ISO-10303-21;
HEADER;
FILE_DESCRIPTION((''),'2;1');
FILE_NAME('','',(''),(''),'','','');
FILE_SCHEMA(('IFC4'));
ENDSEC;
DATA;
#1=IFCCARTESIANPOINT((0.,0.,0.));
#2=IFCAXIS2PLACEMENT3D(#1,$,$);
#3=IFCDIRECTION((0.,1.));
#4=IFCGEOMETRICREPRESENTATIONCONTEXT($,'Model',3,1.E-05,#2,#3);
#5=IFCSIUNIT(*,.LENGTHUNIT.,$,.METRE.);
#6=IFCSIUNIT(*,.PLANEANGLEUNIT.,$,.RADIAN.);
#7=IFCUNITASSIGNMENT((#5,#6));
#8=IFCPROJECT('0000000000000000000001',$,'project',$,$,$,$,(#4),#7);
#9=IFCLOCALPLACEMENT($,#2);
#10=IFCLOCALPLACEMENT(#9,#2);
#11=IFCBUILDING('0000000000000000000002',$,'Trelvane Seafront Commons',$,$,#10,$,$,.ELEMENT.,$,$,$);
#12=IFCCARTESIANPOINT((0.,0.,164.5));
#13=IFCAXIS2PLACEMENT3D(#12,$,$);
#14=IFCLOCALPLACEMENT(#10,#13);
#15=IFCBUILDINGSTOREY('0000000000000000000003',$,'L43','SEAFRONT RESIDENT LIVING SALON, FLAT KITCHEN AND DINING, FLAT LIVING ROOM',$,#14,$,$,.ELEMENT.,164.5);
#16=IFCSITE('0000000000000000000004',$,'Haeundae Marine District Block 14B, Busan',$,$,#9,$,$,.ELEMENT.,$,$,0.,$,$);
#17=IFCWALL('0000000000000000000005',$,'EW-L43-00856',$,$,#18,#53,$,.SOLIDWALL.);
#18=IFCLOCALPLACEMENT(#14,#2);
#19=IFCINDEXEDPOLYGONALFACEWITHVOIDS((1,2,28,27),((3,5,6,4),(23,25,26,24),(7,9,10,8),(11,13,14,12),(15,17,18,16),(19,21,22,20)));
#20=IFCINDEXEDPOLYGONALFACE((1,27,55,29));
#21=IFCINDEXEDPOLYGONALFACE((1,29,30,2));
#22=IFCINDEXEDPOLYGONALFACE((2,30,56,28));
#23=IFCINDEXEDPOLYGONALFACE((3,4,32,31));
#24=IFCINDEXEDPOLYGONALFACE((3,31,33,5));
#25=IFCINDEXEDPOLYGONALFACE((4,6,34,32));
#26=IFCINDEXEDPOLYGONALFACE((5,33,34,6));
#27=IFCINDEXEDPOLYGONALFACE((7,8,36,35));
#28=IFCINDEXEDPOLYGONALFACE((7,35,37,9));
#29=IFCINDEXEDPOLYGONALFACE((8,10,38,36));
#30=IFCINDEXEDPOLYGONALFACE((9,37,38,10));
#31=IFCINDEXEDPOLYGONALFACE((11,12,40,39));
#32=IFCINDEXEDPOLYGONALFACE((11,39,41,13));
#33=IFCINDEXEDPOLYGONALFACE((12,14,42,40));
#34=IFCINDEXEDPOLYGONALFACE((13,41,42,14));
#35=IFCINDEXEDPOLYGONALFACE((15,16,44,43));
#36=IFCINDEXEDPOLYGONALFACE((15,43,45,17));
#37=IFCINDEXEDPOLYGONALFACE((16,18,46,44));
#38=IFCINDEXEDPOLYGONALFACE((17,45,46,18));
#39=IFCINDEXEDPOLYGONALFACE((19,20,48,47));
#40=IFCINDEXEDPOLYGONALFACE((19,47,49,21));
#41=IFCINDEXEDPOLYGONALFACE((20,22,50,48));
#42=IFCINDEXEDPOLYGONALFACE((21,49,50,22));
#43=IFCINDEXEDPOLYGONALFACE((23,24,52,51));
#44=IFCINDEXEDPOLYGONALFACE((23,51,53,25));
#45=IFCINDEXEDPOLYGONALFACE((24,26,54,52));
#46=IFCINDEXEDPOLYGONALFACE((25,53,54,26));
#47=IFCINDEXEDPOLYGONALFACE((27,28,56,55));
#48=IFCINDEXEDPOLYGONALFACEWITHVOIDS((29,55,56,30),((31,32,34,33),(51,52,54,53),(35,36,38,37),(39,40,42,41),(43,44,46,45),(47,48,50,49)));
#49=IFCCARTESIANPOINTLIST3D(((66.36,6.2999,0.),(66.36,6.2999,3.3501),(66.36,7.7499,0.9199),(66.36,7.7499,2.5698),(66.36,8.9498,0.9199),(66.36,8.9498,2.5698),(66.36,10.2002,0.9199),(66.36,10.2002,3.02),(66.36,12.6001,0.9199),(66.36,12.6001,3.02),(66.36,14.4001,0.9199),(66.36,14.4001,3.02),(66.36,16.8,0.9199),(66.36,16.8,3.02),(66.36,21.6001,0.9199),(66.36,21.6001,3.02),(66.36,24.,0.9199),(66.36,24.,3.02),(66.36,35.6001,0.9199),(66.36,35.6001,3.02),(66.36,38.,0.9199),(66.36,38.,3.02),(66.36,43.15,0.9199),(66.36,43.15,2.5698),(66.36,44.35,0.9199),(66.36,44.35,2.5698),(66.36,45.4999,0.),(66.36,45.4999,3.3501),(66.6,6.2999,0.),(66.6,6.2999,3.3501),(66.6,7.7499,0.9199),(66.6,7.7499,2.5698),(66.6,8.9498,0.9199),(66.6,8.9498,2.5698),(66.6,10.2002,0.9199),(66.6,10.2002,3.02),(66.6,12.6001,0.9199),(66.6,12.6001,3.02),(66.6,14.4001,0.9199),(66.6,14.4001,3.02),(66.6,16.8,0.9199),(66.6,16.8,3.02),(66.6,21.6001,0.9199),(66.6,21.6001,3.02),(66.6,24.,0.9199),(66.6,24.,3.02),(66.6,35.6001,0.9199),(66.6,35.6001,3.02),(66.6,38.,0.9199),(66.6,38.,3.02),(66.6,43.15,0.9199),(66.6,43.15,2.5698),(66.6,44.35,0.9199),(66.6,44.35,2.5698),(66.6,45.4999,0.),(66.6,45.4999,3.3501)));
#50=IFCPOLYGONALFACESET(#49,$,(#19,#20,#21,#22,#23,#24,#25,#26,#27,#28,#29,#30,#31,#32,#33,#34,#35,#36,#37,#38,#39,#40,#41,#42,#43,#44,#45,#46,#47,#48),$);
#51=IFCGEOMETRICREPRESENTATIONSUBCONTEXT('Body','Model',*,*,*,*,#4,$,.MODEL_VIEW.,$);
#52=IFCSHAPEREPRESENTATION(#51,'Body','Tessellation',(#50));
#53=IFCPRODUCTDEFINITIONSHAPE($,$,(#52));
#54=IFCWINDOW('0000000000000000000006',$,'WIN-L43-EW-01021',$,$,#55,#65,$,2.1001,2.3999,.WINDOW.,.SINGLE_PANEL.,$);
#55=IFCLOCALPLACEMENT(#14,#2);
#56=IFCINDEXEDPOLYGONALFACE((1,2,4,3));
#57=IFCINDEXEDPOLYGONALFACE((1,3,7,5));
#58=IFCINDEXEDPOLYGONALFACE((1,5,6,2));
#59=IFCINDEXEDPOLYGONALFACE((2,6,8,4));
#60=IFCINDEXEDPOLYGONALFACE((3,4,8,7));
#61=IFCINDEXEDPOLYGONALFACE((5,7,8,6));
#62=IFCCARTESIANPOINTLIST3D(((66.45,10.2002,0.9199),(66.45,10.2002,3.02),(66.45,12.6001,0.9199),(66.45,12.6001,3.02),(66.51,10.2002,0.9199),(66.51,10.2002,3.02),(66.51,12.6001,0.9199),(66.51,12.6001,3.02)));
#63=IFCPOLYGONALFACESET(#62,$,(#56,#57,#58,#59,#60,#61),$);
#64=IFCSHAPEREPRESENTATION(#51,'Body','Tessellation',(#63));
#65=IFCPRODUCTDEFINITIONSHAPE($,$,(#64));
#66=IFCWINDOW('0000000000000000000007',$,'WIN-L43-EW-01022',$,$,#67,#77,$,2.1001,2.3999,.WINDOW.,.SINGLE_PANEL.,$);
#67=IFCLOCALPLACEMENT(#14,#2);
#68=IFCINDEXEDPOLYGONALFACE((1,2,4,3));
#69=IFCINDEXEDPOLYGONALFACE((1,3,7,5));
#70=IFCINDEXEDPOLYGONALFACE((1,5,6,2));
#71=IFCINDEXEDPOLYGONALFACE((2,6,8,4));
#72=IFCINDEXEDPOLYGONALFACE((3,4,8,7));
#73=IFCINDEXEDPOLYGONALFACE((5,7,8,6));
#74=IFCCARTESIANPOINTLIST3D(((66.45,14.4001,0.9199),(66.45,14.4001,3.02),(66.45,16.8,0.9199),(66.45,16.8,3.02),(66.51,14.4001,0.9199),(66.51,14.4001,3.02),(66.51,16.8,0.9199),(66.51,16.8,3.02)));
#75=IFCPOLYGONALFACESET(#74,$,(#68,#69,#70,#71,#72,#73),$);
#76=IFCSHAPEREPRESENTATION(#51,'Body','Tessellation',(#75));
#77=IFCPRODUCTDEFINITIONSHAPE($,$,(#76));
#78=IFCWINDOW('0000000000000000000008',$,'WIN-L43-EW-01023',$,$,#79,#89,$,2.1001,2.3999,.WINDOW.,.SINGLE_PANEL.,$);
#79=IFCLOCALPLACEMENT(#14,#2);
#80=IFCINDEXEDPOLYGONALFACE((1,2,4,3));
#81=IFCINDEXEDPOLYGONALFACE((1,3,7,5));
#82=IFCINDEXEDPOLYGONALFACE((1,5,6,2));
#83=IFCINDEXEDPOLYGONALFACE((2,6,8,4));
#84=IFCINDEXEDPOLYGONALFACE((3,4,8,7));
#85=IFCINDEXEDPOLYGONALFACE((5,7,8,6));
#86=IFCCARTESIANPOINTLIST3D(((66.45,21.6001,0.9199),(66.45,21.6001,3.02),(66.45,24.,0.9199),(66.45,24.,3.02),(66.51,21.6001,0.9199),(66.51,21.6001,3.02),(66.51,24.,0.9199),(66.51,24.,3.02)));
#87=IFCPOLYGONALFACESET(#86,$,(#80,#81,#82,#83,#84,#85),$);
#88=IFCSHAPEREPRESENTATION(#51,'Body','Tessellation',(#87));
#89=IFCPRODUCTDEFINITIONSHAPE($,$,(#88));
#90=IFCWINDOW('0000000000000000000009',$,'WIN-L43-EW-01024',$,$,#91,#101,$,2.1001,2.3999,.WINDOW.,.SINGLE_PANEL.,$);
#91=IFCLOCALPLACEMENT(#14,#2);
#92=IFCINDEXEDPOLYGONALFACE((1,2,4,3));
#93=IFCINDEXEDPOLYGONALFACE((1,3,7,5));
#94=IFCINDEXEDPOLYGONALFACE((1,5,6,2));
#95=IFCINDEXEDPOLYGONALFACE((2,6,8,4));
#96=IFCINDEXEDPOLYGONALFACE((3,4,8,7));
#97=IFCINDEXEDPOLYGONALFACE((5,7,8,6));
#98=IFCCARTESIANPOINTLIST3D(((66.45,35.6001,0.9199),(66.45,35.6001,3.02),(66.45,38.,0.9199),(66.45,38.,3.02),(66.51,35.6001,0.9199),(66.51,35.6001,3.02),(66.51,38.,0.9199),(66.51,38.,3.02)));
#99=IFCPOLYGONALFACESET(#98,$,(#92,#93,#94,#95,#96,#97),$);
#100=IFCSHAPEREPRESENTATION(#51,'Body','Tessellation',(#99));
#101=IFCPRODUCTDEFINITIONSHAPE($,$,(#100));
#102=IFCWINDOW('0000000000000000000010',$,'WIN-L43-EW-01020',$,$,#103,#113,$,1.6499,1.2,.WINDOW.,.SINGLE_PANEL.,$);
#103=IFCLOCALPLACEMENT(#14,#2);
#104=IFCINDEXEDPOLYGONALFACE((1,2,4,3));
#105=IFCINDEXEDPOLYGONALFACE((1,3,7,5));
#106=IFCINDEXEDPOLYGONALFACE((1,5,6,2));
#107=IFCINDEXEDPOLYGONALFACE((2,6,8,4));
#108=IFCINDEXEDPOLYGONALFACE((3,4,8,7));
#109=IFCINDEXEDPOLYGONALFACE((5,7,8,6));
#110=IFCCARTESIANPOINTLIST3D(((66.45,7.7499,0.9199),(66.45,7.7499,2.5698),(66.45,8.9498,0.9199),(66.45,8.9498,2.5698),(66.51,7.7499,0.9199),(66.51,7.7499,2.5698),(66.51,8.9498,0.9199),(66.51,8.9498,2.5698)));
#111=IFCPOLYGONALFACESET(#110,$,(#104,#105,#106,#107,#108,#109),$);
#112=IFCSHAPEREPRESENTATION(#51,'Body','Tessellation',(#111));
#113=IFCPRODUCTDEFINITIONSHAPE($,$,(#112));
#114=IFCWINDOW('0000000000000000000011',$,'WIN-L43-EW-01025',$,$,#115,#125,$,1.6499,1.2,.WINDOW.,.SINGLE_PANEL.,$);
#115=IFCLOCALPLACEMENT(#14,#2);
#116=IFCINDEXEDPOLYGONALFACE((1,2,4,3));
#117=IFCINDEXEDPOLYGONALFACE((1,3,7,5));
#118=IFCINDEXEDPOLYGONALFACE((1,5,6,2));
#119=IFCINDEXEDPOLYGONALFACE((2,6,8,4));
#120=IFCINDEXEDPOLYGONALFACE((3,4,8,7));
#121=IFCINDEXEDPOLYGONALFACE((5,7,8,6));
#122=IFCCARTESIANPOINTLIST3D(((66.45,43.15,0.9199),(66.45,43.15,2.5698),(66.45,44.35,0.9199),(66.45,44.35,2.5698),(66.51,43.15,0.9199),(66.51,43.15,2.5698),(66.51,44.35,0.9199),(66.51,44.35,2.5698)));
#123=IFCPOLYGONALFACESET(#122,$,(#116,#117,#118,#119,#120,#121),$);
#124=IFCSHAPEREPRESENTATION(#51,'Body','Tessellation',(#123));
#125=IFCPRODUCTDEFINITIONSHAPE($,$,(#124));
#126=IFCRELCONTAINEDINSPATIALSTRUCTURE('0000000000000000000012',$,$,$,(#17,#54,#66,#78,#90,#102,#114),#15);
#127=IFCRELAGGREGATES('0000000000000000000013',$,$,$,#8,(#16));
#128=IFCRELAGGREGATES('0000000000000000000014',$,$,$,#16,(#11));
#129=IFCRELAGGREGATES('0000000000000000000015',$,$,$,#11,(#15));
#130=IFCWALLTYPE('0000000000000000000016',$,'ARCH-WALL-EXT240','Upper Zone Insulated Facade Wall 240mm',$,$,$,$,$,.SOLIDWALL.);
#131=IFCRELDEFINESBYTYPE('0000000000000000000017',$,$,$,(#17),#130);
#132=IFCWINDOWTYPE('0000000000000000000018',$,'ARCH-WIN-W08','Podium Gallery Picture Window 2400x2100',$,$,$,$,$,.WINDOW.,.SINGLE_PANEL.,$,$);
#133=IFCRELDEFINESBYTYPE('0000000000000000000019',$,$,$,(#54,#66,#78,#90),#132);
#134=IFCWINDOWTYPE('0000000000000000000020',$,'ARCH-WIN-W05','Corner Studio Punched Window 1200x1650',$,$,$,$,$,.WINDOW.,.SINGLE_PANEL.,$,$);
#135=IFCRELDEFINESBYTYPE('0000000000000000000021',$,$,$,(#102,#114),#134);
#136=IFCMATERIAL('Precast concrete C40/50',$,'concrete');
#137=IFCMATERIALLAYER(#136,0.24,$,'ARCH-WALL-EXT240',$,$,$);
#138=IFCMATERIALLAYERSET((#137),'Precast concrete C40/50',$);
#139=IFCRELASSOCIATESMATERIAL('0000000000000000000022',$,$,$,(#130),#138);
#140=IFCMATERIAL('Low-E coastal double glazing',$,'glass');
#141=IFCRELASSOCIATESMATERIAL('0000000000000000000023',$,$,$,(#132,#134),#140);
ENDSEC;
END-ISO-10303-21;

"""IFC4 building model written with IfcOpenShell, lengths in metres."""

from ifc_helpers import new_model, si_unit, direction, frame, frame_2d, origin, place, context, subcontext, project, spatial, rectangle, extrude, source, transform, mapped, material, layer, layer_set, type_object, element, fill, save


model = new_model("IFC4")

# Units and contexts
model_context = context("Model", 3, precision=1e-05, world=origin(), true_north=direction((0.0, 1.0)))
body_context = subcontext(model_context, "Body", "Model", "MODEL_VIEW")
ifc_project = project(units=[si_unit("LENGTHUNIT", "METRE"), si_unit("PLANEANGLEUNIT", "RADIAN")], contexts=[model_context])

# Site, building, storey
site_placement = place(None, origin())
site = spatial("IfcSite", under=ifc_project, at=site_placement, Name="Haeundae Marine District Block 14B, Busan", CompositionType="ELEMENT", RefElevation=0.0)
building_placement = place(site_placement, origin())
building = spatial("IfcBuilding", under=site, at=building_placement, Name="Trelvane Seafront Commons", CompositionType="ELEMENT")
storey_placement = place(building_placement, frame((0.0, 0.0, 164.5)))
storey = spatial("IfcBuildingStorey", under=building, at=storey_placement, Name="L43", Description="SEAFRONT RESIDENT LIVING SALON, FLAT KITCHEN AND DINING, FLAT LIVING ROOM", CompositionType="ELEMENT", Elevation=164.5)

# Shared definitions
ifc_material_1 = material(Name="Low-E coastal double glazing", Category="glass")

# Shared definitions
ifc_material_2 = material(Name="Precast concrete C40/50", Category="concrete")
ifc_layer_1 = layer(ifc_material_2, 0.24, Name="ARCH-WALL-EXT240")
ifc_layer_set_1 = layer_set([ifc_layer_1], Name="Precast concrete C40/50")
wall_type = type_object("IfcWallType", Name="ARCH-WALL-EXT240", Description="Upper Zone Insulated Facade Wall 240mm", PredefinedType="SOLIDWALL", material=ifc_layer_set_1)

# Wall, openings, windows
wall_1_placement = place(storey_placement, frame((66.48, 45.5, 0.0), z_axis=(0.0, 0.0, 1.0), x_axis=(0.0, -1.0, 0.0)))
wall_1 = element("IfcWall", 1, at=wall_1_placement, inside=storey, type_object=wall_type, Name="EW-L43-00856", PredefinedType="SOLIDWALL", context=body_context, shape_type="SweptSolid", body=[
    extrude(rectangle(XDim=39.2, YDim=0.24, at=frame_2d((19.6001, 0.0))), origin(), (0.0, 0.0, 1.0), 3.3501),
])
opening_1_placement = place(wall_1_placement, frame((36.55, 0.0, 0.9199)))
opening_1 = element("IfcOpeningElement", 2, at=opening_1_placement, cuts=wall_1, PredefinedType="OPENING", context=body_context, shape_type="SweptSolid", body=[
    extrude(rectangle(XDim=1.2, YDim=1.6499, at=frame_2d((0.6001, 0.825))), frame((0.0, 0.1299, 0.0), z_axis=(0.0, -1.0, 0.0), x_axis=(1.0, 0.0, 0.0)), (0.0, 0.0, 1.0), 0.26),
])
opening_2_placement = place(wall_1_placement, frame((32.8999, 0.0, 0.9199)))
opening_2 = element("IfcOpeningElement", 3, at=opening_2_placement, cuts=wall_1, PredefinedType="OPENING", context=body_context, shape_type="SweptSolid", body=[
    extrude(rectangle(XDim=2.3999, YDim=2.1001, at=frame_2d((1.2, 1.05))), frame((0.0, 0.1299, 0.0), z_axis=(0.0, -1.0, 0.0), x_axis=(1.0, 0.0, 0.0)), (0.0, 0.0, 1.0), 0.26),
])
opening_3_placement = place(wall_1_placement, frame((28.7, 0.0, 0.9199)))
opening_3 = element("IfcOpeningElement", 4, at=opening_3_placement, cuts=wall_1, PredefinedType="OPENING", context=body_context, shape_type="SweptSolid", body=[
    extrude(rectangle(XDim=2.3999, YDim=2.1001, at=frame_2d((1.2, 1.05))), frame((0.0, 0.1299, 0.0), z_axis=(0.0, -1.0, 0.0), x_axis=(1.0, 0.0, 0.0)), (0.0, 0.0, 1.0), 0.26),
])
opening_4_placement = place(wall_1_placement, frame((21.5, 0.0, 0.9199)))
opening_4 = element("IfcOpeningElement", 5, at=opening_4_placement, cuts=wall_1, PredefinedType="OPENING", context=body_context, shape_type="SweptSolid", body=[
    extrude(rectangle(XDim=2.3999, YDim=2.1001, at=frame_2d((1.2, 1.05))), frame((0.0, 0.1299, 0.0), z_axis=(0.0, -1.0, 0.0), x_axis=(1.0, 0.0, 0.0)), (0.0, 0.0, 1.0), 0.26),
])
opening_5_placement = place(wall_1_placement, frame((7.5, 0.0, 0.9199)))
opening_5 = element("IfcOpeningElement", 6, at=opening_5_placement, cuts=wall_1, PredefinedType="OPENING", context=body_context, shape_type="SweptSolid", body=[
    extrude(rectangle(XDim=2.3999, YDim=2.1001, at=frame_2d((1.2, 1.05))), frame((0.0, 0.1299, 0.0), z_axis=(0.0, -1.0, 0.0), x_axis=(1.0, 0.0, 0.0)), (0.0, 0.0, 1.0), 0.26),
])
opening_6_placement = place(wall_1_placement, frame((1.1499, 0.0, 0.9199)))
opening_6 = element("IfcOpeningElement", 7, at=opening_6_placement, cuts=wall_1, PredefinedType="OPENING", context=body_context, shape_type="SweptSolid", body=[
    extrude(rectangle(XDim=1.2, YDim=1.6499, at=frame_2d((0.6001, 0.825))), frame((0.0, 0.1299, 0.0), z_axis=(0.0, -1.0, 0.0), x_axis=(1.0, 0.0, 0.0)), (0.0, 0.0, 1.0), 0.26),
])
window_type_1 = type_object("IfcWindowType", Name="ARCH-WIN-W08", Description="Podium Gallery Picture Window 2400x2100", PartitioningType="SINGLE_PANEL", PredefinedType="WINDOW", material=ifc_material_1)
shared_shape_1 = source(origin(), body_context, "Body", "SweptSolid", [
    extrude(rectangle(XDim=2.3999, YDim=2.1001, at=frame_2d((1.2, 1.05))), frame((0.0, 0.03, 0.0), z_axis=(0.0, -1.0, 0.0), x_axis=(1.0, 0.0, 0.0)), (0.0, 0.0, 1.0), 0.0601),
])
window_1_placement = place(opening_2_placement, origin())
window_1 = element("IfcWindow", 8, at=window_1_placement, inside=storey, type_object=window_type_1, Name="WIN-L43-EW-01021", OverallHeight=2.1001, OverallWidth=2.3999, PartitioningType="SINGLE_PANEL", PredefinedType="WINDOW", context=body_context, shape_type="MappedRepresentation", body=[
    mapped(shared_shape_1, transform((0.0, 0.0, 0.0), x_axis=(1.0, 0.0, 0.0), y_axis=(0.0, 1.0, 0.0), z_axis=(0.0, 0.0, 1.0), scale=1.0)),
])
fill(opening_2, window_1)
window_2_placement = place(opening_3_placement, origin())
window_2 = element("IfcWindow", 9, at=window_2_placement, inside=storey, type_object=window_type_1, Name="WIN-L43-EW-01022", OverallHeight=2.1001, OverallWidth=2.3999, PartitioningType="SINGLE_PANEL", PredefinedType="WINDOW", context=body_context, shape_type="MappedRepresentation", body=[
    mapped(shared_shape_1, transform((0.0, 0.0, 0.0), x_axis=(1.0, 0.0, 0.0), y_axis=(0.0, 1.0, 0.0), z_axis=(0.0, 0.0, 1.0), scale=1.0)),
])
fill(opening_3, window_2)
window_3_placement = place(opening_4_placement, origin())
window_3 = element("IfcWindow", 10, at=window_3_placement, inside=storey, type_object=window_type_1, Name="WIN-L43-EW-01023", OverallHeight=2.1001, OverallWidth=2.3999, PartitioningType="SINGLE_PANEL", PredefinedType="WINDOW", context=body_context, shape_type="MappedRepresentation", body=[
    mapped(shared_shape_1, transform((0.0, 0.0, 0.0), x_axis=(1.0, 0.0, 0.0), y_axis=(0.0, 1.0, 0.0), z_axis=(0.0, 0.0, 1.0), scale=1.0)),
])
fill(opening_4, window_3)
window_4_placement = place(opening_5_placement, origin())
window_4 = element("IfcWindow", 11, at=window_4_placement, inside=storey, type_object=window_type_1, Name="WIN-L43-EW-01024", OverallHeight=2.1001, OverallWidth=2.3999, PartitioningType="SINGLE_PANEL", PredefinedType="WINDOW", context=body_context, shape_type="MappedRepresentation", body=[
    mapped(shared_shape_1, transform((0.0, 0.0, 0.0), x_axis=(1.0, 0.0, 0.0), y_axis=(0.0, 1.0, 0.0), z_axis=(0.0, 0.0, 1.0), scale=1.0)),
])
fill(opening_5, window_4)
window_type_2 = type_object("IfcWindowType", Name="ARCH-WIN-W05", Description="Corner Studio Punched Window 1200x1650", PartitioningType="SINGLE_PANEL", PredefinedType="WINDOW", material=ifc_material_1)
shared_shape_2 = source(origin(), body_context, "Body", "SweptSolid", [
    extrude(rectangle(XDim=1.2, YDim=1.6499, at=frame_2d((0.6001, 0.825))), frame((0.0, 0.03, 0.0), z_axis=(0.0, -1.0, 0.0), x_axis=(1.0, 0.0, 0.0)), (0.0, 0.0, 1.0), 0.0601),
])
window_5_placement = place(opening_1_placement, origin())
window_5 = element("IfcWindow", 12, at=window_5_placement, inside=storey, type_object=window_type_2, Name="WIN-L43-EW-01020", OverallHeight=1.6499, OverallWidth=1.2, PartitioningType="SINGLE_PANEL", PredefinedType="WINDOW", context=body_context, shape_type="MappedRepresentation", body=[
    mapped(shared_shape_2, transform((0.0, 0.0, 0.0), x_axis=(1.0, 0.0, 0.0), y_axis=(0.0, 1.0, 0.0), z_axis=(0.0, 0.0, 1.0), scale=1.0)),
])
fill(opening_1, window_5)
window_6_placement = place(opening_6_placement, origin())
window_6 = element("IfcWindow", 13, at=window_6_placement, inside=storey, type_object=window_type_2, Name="WIN-L43-EW-01025", OverallHeight=1.6499, OverallWidth=1.2, PartitioningType="SINGLE_PANEL", PredefinedType="WINDOW", context=body_context, shape_type="MappedRepresentation", body=[
    mapped(shared_shape_2, transform((0.0, 0.0, 0.0), x_axis=(1.0, 0.0, 0.0), y_axis=(0.0, 1.0, 0.0), z_axis=(0.0, 0.0, 1.0), scale=1.0)),
])
fill(opening_6, window_6)

save(model, "model.ifc")
